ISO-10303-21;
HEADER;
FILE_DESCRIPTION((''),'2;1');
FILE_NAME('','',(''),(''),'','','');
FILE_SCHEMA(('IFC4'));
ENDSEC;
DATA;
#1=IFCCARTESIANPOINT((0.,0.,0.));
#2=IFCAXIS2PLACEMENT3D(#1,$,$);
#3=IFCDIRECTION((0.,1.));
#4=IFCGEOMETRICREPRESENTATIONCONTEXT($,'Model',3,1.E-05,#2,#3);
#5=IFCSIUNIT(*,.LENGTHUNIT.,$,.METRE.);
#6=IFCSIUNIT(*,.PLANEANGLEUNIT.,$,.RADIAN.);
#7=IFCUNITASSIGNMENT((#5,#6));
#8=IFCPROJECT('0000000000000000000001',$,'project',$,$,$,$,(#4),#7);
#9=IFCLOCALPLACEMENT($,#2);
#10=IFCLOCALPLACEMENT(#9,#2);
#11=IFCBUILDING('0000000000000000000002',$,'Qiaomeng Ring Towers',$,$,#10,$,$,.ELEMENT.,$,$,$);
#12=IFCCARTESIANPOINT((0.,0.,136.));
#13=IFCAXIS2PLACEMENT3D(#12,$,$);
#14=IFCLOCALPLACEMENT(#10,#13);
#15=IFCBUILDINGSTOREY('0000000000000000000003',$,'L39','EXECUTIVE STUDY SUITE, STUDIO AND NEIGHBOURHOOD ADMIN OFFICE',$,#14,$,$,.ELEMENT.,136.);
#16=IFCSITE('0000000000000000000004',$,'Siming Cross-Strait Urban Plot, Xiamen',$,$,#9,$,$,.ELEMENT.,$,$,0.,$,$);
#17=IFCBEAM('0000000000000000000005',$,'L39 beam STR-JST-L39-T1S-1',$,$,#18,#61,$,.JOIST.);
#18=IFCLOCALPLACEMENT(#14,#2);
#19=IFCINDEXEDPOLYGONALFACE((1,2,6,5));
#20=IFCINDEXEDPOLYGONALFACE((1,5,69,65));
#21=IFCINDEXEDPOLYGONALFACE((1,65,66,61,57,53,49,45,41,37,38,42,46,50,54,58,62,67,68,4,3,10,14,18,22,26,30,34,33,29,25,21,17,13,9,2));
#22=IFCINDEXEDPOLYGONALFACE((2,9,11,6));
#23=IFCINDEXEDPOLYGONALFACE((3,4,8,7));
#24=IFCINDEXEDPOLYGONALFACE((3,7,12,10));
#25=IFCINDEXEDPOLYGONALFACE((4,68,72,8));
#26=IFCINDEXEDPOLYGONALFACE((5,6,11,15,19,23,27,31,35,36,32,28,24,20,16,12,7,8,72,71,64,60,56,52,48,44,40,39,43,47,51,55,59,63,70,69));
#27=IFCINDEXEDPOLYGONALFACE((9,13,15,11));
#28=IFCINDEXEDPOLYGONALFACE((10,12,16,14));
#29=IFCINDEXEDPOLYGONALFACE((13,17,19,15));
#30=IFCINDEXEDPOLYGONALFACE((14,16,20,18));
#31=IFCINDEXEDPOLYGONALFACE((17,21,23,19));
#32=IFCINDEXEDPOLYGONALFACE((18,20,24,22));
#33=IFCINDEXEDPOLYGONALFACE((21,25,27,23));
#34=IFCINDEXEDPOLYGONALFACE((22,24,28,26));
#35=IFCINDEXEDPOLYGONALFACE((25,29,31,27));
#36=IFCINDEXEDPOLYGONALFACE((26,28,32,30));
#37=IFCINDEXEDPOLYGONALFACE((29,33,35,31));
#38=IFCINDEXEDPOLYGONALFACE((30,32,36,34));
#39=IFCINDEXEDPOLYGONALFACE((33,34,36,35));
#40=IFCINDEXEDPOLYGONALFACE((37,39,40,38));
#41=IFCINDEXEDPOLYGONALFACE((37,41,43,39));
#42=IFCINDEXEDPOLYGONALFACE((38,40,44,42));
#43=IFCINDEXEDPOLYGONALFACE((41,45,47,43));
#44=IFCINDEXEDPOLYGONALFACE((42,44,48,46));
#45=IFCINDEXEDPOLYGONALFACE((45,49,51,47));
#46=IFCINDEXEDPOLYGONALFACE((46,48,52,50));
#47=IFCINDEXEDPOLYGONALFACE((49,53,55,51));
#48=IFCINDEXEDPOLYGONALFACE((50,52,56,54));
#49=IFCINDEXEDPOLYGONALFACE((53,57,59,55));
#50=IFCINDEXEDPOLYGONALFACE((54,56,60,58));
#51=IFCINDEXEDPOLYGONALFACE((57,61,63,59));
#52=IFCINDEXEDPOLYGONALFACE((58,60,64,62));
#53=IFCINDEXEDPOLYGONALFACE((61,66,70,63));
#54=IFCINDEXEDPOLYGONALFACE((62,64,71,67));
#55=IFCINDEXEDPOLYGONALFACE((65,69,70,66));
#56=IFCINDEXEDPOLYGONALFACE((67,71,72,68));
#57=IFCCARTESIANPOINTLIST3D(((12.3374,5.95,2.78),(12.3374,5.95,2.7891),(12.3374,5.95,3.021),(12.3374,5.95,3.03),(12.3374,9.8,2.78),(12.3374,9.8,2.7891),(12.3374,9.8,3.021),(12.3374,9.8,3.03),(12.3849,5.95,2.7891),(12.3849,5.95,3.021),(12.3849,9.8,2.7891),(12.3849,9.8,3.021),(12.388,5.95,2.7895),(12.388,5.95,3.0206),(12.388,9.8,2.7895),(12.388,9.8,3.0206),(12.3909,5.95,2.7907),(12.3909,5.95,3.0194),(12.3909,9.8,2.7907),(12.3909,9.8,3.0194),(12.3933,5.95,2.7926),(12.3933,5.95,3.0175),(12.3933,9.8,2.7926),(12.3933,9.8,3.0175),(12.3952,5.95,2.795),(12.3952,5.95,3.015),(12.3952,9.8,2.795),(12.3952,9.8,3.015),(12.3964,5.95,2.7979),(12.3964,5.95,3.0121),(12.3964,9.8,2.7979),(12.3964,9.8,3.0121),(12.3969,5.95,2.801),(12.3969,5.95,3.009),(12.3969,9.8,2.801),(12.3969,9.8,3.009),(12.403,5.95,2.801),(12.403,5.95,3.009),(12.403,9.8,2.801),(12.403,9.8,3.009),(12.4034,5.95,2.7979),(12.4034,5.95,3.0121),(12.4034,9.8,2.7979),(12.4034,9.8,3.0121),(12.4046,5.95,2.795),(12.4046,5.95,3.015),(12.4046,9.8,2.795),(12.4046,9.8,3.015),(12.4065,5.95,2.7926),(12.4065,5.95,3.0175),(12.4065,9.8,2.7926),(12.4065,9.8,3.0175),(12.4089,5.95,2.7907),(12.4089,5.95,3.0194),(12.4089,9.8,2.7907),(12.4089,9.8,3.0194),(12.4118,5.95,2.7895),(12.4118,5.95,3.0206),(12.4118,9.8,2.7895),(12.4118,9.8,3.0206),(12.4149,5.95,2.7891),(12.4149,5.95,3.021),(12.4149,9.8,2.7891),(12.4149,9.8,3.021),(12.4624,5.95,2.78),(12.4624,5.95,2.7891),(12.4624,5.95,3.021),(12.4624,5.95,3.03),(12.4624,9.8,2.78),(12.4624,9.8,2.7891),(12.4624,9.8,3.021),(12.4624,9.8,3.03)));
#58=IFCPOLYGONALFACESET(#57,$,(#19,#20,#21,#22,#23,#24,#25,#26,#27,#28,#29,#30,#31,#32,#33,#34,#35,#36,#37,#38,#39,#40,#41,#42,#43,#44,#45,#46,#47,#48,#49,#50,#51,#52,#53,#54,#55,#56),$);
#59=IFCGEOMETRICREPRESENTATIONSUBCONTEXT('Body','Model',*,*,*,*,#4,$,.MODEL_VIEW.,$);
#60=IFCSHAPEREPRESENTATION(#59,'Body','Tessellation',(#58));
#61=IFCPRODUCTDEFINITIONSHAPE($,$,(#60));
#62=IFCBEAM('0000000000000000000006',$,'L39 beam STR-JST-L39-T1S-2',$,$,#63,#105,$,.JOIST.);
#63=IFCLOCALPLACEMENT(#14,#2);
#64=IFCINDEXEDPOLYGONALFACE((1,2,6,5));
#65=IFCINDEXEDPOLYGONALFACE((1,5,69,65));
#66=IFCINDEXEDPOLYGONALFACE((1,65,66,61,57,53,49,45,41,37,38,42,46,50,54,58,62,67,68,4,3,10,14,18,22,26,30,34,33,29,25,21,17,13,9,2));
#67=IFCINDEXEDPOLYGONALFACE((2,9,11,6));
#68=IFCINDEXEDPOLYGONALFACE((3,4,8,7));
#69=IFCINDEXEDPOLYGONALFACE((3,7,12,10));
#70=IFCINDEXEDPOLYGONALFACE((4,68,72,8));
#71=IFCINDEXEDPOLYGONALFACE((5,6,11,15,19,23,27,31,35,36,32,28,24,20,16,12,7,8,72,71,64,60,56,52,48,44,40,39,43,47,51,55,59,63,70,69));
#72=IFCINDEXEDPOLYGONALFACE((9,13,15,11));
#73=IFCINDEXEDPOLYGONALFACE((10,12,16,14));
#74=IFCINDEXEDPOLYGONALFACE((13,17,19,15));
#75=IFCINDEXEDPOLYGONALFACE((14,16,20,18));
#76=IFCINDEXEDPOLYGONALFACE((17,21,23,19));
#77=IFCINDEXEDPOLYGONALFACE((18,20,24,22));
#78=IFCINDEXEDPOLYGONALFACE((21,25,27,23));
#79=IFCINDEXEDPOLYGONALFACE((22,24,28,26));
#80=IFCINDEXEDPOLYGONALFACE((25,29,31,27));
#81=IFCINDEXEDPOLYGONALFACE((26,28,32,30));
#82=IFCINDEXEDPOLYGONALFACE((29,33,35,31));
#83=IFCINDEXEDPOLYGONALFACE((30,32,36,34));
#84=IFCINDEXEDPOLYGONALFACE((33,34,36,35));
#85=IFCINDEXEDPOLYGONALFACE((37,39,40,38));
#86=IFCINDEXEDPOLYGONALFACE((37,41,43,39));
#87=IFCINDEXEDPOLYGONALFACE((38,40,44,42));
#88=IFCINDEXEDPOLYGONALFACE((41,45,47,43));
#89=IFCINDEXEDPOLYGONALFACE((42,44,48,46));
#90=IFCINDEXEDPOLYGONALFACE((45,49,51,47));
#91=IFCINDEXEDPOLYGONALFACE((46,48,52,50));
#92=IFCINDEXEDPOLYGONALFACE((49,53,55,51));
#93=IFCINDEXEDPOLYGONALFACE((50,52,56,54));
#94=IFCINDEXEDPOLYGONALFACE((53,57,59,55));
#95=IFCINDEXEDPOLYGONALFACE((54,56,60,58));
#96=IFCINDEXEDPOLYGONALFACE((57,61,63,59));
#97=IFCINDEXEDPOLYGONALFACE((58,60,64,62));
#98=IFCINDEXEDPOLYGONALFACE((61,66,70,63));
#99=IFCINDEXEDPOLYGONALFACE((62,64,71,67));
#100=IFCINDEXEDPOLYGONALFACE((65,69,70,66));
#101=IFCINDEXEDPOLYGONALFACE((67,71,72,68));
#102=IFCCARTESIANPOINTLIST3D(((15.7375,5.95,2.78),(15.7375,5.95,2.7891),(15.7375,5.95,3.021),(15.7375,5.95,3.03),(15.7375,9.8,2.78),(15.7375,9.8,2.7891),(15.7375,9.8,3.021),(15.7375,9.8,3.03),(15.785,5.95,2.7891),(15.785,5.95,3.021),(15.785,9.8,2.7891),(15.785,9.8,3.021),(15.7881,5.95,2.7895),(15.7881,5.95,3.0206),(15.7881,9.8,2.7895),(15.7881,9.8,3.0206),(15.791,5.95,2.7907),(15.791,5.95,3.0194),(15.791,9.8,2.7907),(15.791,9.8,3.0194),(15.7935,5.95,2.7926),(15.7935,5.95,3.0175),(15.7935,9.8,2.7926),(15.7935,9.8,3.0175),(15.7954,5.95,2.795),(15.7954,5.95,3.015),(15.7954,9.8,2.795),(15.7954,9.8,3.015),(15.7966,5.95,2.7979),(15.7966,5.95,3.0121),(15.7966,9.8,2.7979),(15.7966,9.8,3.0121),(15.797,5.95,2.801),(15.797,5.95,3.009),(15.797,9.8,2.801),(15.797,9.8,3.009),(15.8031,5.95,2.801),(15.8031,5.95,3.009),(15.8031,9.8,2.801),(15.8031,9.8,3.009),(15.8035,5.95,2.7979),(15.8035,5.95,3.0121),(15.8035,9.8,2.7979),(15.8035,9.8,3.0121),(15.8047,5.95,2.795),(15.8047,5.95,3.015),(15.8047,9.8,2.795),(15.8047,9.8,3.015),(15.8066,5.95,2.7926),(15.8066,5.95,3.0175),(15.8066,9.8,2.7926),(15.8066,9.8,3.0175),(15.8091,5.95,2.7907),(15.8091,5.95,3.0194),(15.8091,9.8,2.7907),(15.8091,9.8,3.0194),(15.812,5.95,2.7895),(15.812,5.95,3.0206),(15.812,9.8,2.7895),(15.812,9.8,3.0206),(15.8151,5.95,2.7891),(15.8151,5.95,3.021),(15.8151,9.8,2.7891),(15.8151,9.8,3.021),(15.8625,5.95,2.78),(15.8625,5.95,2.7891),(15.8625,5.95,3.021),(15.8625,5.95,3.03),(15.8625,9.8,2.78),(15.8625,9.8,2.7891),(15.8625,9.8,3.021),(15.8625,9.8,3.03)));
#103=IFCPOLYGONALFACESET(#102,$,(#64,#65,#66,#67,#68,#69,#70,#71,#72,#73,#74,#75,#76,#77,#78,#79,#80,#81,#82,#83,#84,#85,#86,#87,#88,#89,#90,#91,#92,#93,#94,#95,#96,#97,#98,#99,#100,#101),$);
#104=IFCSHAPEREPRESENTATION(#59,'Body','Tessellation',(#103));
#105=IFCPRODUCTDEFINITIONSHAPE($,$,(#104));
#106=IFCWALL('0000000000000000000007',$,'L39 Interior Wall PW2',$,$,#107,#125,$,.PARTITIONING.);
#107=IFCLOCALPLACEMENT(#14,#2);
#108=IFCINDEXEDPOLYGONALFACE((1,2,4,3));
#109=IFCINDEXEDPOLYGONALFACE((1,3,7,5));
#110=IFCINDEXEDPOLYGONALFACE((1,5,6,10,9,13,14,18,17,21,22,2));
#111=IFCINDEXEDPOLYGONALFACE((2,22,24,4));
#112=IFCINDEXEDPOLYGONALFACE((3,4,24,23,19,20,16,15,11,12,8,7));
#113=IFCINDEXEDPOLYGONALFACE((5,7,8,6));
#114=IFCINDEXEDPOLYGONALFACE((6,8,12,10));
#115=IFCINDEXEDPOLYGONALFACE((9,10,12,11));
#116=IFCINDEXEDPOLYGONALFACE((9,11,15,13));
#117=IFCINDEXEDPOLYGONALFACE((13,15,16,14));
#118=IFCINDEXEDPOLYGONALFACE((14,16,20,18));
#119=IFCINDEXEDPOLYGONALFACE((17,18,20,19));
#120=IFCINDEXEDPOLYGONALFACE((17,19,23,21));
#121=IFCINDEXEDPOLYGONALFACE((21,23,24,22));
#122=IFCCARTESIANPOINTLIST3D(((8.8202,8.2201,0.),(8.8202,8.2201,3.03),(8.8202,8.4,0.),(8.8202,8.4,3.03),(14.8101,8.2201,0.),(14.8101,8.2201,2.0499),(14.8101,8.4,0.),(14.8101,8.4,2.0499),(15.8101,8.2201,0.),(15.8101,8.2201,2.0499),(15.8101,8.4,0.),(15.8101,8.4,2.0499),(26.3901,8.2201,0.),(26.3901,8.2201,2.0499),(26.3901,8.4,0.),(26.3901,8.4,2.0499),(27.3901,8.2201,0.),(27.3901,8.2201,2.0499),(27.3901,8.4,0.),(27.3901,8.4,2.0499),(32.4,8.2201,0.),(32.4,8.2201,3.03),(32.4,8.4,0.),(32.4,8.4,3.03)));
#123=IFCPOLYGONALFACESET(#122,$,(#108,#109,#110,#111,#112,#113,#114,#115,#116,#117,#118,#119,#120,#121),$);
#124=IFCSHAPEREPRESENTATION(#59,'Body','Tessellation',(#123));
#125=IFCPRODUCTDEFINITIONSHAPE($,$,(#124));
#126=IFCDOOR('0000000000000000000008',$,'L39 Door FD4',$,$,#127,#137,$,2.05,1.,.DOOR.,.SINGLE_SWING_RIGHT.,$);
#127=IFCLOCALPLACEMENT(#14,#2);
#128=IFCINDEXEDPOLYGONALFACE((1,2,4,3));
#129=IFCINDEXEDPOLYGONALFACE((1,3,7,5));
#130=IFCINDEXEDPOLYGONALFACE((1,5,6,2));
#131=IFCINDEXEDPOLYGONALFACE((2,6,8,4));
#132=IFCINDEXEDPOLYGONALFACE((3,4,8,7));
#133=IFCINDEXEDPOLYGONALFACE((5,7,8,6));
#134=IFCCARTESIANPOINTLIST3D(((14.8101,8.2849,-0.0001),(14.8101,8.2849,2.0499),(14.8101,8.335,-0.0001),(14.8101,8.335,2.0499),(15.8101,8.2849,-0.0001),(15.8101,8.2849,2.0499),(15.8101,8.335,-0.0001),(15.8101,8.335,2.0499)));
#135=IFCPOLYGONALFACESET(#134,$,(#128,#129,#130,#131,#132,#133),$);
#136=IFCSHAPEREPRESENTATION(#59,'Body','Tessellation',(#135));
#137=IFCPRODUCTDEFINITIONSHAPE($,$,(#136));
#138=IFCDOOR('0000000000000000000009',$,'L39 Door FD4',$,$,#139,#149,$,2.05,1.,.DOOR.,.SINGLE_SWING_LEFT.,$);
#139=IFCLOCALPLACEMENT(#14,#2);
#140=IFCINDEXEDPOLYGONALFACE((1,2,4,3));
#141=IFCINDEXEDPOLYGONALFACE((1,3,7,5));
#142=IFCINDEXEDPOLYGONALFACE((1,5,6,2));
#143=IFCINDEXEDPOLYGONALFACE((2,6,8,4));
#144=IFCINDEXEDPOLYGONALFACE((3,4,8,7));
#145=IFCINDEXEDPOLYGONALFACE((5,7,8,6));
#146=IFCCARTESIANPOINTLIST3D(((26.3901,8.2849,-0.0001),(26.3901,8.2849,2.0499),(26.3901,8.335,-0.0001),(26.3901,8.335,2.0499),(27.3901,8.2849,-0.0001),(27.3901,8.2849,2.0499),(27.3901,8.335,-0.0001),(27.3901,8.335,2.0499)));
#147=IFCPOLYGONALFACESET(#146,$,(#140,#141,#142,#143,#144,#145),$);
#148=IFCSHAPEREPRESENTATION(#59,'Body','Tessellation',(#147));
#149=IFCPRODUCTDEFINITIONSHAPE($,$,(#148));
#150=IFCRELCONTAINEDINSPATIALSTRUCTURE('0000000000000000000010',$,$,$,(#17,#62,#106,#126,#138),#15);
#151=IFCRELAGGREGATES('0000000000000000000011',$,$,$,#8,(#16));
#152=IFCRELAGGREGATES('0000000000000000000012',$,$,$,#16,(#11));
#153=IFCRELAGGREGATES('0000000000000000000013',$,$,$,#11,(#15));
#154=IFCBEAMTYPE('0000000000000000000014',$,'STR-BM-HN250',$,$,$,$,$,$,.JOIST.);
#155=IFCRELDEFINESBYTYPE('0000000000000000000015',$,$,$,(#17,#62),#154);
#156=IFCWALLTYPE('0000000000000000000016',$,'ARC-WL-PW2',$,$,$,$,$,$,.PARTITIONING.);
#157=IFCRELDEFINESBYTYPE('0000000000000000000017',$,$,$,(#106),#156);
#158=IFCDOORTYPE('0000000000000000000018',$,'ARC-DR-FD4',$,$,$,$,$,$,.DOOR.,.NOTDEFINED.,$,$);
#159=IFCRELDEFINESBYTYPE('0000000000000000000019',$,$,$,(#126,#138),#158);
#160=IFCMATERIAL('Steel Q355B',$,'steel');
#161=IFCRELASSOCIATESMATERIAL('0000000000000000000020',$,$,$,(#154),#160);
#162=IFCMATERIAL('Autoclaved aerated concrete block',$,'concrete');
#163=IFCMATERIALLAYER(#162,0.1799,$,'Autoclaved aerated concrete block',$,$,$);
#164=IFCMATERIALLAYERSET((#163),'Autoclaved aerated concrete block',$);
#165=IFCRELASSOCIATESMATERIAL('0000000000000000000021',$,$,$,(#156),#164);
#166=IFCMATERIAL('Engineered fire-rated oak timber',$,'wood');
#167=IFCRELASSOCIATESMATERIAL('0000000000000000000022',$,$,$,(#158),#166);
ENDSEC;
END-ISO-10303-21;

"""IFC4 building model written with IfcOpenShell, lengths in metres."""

from ifc_helpers import new_model, si_unit, direction, frame, frame_2d, origin, origin_2d, place, context, subcontext, project, spatial, rectangle, i_section, extrude, source, transform, mapped, material, layer, layer_set, material_profile, profile_set, type_object, element, fill, save


model = new_model("IFC4")

# Units and contexts
model_context = context("Model", 3, precision=1e-05, world=origin(), true_north=direction((0.0, 1.0)))
body_context = subcontext(model_context, "Body", "Model", "MODEL_VIEW")
ifc_project = project(units=[si_unit("LENGTHUNIT", "METRE"), si_unit("PLANEANGLEUNIT", "RADIAN")], contexts=[model_context])

# Site, building, storey
site_placement = place(None, origin())
site = spatial("IfcSite", under=ifc_project, at=site_placement, Name="Siming Cross-Strait Urban Plot, Xiamen", CompositionType="ELEMENT", RefElevation=0.0)
building_placement = place(site_placement, origin())
building = spatial("IfcBuilding", under=site, at=building_placement, Name="Qiaomeng Ring Towers", CompositionType="ELEMENT")
storey_placement = place(building_placement, frame((0.0, 0.0, 136.0)))
storey = spatial("IfcBuildingStorey", under=building, at=storey_placement, Name="L39", Description="EXECUTIVE STUDY SUITE, STUDIO AND NEIGHBOURHOOD ADMIN OFFICE", CompositionType="ELEMENT", Elevation=136.0)

# Beams
ifc_material_1 = material(Name="Steel Q355B", Category="steel")
ifc_material_profile = material_profile(ifc_material_1, i_section(OverallWidth=0.125, OverallDepth=0.25, WebThickness=0.0061, FlangeThickness=0.009, FilletRadius=0.012, at=origin_2d()), Name="HN 250x125x6x9")
ifc_profile_set = profile_set([ifc_material_profile], Name="Steel Q355B")
beam_type = type_object("IfcBeamType", Name="STR-BM-HN250", PredefinedType="JOIST", material=ifc_profile_set)
shared_shape_1 = source(origin(), body_context, "Body", "SweptSolid", [
    extrude(i_section(OverallWidth=0.125, OverallDepth=0.25, WebThickness=0.0061, FlangeThickness=0.009, FilletRadius=0.012, at=origin_2d()), origin(), (0.0, 0.0, 1.0), 3.8501),
])
for number, where, z_axis, x_axis, name in (
    (1, (12.3999, 5.95, 2.905), (0.0, 1.0, 0.0), (-1.0, 0.0, 0.0), "L39 beam STR-JST-L39-T1S-1"),
    (2, (15.8, 5.95, 2.905), (0.0, 1.0, 0.0), (-1.0, 0.0, 0.0), "L39 beam STR-JST-L39-T1S-2"),
):
    element("IfcBeam", number, at=place(storey_placement, frame(where, z_axis=z_axis, x_axis=x_axis)), inside=storey, type_object=beam_type, Name=name, PredefinedType="JOIST", context=body_context, shape_type="MappedRepresentation", body=[
        mapped(shared_shape_1, transform((0.0, 0.0, 0.0), x_axis=(1.0, 0.0, 0.0), y_axis=(0.0, 1.0, 0.0), z_axis=(0.0, 0.0, 1.0), scale=1.0)),
    ])

# Wall, openings, doors
ifc_material_2 = material(Name="Autoclaved aerated concrete block", Category="concrete")
ifc_layer_1 = layer(ifc_material_2, 0.1799, Name="Autoclaved aerated concrete block")
ifc_layer_set_1 = layer_set([ifc_layer_1], Name="Autoclaved aerated concrete block")
wall_type_1 = type_object("IfcWallType", Name="ARC-WL-PW2", PredefinedType="PARTITIONING", material=ifc_layer_set_1)
wall_1_placement = place(storey_placement, frame((8.8201, 8.3101, 0.0), z_axis=(0.0, 0.0, 1.0), x_axis=(1.0, 0.0, 0.0)))
wall_1 = element("IfcWall", 3, at=wall_1_placement, inside=storey, type_object=wall_type_1, Name="L39 Interior Wall PW2", PredefinedType="PARTITIONING", context=body_context, shape_type="SweptSolid", body=[
    extrude(rectangle(XDim=23.5798, YDim=0.1799, at=frame_2d((11.79, 0.0))), origin(), (0.0, 0.0, 1.0), 3.03),
])
opening_1_placement = place(wall_1_placement, frame((5.99, 0.0, 0.0)))
opening_1 = element("IfcOpeningElement", 4, at=opening_1_placement, cuts=wall_1, PredefinedType="OPENING", context=body_context, shape_type="SweptSolid", body=[
    extrude(rectangle(XDim=1.0, YDim=2.05, at=frame_2d((0.5, 1.0249))), frame((0.0, 0.0999, 0.0), z_axis=(0.0, -1.0, 0.0), x_axis=(1.0, 0.0, 0.0)), (0.0, 0.0, 1.0), 0.2),
])
opening_2_placement = place(wall_1_placement, frame((17.5701, 0.0, 0.0)))
opening_2 = element("IfcOpeningElement", 5, at=opening_2_placement, cuts=wall_1, PredefinedType="OPENING", context=body_context, shape_type="SweptSolid", body=[
    extrude(rectangle(XDim=1.0, YDim=2.05, at=frame_2d((0.5, 1.0249))), frame((0.0, 0.0999, 0.0), z_axis=(0.0, -1.0, 0.0), x_axis=(1.0, 0.0, 0.0)), (0.0, 0.0, 1.0), 0.2),
])
ifc_material_3 = material(Name="Engineered fire-rated oak timber", Category="wood")
door_type_1 = type_object("IfcDoorType", Name="ARC-DR-FD4", OperationType="NOTDEFINED", PredefinedType="DOOR", material=ifc_material_3)
shared_shape_2 = source(origin(), body_context, "Body", "SweptSolid", [
    extrude(rectangle(XDim=1.0, YDim=2.05, at=frame_2d((0.5, 1.0249))), frame((0.0, 0.0249, 0.0), z_axis=(0.0, -1.0, 0.0), x_axis=(1.0, 0.0, 0.0)), (0.0, 0.0, 1.0), 0.05),
])
door_1_placement = place(opening_1_placement, origin())
door_1 = element("IfcDoor", 6, at=door_1_placement, inside=storey, type_object=door_type_1, Name="L39 Door FD4", OperationType="SINGLE_SWING_RIGHT", OverallHeight=2.05, OverallWidth=1.0, PredefinedType="DOOR", context=body_context, shape_type="MappedRepresentation", body=[
    mapped(shared_shape_2, transform((0.0, 0.0, 0.0), x_axis=(1.0, 0.0, 0.0), y_axis=(0.0, 1.0, 0.0), z_axis=(0.0, 0.0, 1.0), scale=1.0)),
])
fill(opening_1, door_1)
door_2_placement = place(opening_2_placement, origin())
door_2 = element("IfcDoor", 7, at=door_2_placement, inside=storey, type_object=door_type_1, Name="L39 Door FD4", OperationType="SINGLE_SWING_LEFT", OverallHeight=2.05, OverallWidth=1.0, PredefinedType="DOOR", context=body_context, shape_type="MappedRepresentation", body=[
    mapped(shared_shape_2, transform((0.0, 0.0, 0.0), x_axis=(1.0, 0.0, 0.0), y_axis=(0.0, 1.0, 0.0), z_axis=(0.0, 0.0, 1.0), scale=1.0)),
])
fill(opening_2, door_2)

save(model, "model.ifc")
